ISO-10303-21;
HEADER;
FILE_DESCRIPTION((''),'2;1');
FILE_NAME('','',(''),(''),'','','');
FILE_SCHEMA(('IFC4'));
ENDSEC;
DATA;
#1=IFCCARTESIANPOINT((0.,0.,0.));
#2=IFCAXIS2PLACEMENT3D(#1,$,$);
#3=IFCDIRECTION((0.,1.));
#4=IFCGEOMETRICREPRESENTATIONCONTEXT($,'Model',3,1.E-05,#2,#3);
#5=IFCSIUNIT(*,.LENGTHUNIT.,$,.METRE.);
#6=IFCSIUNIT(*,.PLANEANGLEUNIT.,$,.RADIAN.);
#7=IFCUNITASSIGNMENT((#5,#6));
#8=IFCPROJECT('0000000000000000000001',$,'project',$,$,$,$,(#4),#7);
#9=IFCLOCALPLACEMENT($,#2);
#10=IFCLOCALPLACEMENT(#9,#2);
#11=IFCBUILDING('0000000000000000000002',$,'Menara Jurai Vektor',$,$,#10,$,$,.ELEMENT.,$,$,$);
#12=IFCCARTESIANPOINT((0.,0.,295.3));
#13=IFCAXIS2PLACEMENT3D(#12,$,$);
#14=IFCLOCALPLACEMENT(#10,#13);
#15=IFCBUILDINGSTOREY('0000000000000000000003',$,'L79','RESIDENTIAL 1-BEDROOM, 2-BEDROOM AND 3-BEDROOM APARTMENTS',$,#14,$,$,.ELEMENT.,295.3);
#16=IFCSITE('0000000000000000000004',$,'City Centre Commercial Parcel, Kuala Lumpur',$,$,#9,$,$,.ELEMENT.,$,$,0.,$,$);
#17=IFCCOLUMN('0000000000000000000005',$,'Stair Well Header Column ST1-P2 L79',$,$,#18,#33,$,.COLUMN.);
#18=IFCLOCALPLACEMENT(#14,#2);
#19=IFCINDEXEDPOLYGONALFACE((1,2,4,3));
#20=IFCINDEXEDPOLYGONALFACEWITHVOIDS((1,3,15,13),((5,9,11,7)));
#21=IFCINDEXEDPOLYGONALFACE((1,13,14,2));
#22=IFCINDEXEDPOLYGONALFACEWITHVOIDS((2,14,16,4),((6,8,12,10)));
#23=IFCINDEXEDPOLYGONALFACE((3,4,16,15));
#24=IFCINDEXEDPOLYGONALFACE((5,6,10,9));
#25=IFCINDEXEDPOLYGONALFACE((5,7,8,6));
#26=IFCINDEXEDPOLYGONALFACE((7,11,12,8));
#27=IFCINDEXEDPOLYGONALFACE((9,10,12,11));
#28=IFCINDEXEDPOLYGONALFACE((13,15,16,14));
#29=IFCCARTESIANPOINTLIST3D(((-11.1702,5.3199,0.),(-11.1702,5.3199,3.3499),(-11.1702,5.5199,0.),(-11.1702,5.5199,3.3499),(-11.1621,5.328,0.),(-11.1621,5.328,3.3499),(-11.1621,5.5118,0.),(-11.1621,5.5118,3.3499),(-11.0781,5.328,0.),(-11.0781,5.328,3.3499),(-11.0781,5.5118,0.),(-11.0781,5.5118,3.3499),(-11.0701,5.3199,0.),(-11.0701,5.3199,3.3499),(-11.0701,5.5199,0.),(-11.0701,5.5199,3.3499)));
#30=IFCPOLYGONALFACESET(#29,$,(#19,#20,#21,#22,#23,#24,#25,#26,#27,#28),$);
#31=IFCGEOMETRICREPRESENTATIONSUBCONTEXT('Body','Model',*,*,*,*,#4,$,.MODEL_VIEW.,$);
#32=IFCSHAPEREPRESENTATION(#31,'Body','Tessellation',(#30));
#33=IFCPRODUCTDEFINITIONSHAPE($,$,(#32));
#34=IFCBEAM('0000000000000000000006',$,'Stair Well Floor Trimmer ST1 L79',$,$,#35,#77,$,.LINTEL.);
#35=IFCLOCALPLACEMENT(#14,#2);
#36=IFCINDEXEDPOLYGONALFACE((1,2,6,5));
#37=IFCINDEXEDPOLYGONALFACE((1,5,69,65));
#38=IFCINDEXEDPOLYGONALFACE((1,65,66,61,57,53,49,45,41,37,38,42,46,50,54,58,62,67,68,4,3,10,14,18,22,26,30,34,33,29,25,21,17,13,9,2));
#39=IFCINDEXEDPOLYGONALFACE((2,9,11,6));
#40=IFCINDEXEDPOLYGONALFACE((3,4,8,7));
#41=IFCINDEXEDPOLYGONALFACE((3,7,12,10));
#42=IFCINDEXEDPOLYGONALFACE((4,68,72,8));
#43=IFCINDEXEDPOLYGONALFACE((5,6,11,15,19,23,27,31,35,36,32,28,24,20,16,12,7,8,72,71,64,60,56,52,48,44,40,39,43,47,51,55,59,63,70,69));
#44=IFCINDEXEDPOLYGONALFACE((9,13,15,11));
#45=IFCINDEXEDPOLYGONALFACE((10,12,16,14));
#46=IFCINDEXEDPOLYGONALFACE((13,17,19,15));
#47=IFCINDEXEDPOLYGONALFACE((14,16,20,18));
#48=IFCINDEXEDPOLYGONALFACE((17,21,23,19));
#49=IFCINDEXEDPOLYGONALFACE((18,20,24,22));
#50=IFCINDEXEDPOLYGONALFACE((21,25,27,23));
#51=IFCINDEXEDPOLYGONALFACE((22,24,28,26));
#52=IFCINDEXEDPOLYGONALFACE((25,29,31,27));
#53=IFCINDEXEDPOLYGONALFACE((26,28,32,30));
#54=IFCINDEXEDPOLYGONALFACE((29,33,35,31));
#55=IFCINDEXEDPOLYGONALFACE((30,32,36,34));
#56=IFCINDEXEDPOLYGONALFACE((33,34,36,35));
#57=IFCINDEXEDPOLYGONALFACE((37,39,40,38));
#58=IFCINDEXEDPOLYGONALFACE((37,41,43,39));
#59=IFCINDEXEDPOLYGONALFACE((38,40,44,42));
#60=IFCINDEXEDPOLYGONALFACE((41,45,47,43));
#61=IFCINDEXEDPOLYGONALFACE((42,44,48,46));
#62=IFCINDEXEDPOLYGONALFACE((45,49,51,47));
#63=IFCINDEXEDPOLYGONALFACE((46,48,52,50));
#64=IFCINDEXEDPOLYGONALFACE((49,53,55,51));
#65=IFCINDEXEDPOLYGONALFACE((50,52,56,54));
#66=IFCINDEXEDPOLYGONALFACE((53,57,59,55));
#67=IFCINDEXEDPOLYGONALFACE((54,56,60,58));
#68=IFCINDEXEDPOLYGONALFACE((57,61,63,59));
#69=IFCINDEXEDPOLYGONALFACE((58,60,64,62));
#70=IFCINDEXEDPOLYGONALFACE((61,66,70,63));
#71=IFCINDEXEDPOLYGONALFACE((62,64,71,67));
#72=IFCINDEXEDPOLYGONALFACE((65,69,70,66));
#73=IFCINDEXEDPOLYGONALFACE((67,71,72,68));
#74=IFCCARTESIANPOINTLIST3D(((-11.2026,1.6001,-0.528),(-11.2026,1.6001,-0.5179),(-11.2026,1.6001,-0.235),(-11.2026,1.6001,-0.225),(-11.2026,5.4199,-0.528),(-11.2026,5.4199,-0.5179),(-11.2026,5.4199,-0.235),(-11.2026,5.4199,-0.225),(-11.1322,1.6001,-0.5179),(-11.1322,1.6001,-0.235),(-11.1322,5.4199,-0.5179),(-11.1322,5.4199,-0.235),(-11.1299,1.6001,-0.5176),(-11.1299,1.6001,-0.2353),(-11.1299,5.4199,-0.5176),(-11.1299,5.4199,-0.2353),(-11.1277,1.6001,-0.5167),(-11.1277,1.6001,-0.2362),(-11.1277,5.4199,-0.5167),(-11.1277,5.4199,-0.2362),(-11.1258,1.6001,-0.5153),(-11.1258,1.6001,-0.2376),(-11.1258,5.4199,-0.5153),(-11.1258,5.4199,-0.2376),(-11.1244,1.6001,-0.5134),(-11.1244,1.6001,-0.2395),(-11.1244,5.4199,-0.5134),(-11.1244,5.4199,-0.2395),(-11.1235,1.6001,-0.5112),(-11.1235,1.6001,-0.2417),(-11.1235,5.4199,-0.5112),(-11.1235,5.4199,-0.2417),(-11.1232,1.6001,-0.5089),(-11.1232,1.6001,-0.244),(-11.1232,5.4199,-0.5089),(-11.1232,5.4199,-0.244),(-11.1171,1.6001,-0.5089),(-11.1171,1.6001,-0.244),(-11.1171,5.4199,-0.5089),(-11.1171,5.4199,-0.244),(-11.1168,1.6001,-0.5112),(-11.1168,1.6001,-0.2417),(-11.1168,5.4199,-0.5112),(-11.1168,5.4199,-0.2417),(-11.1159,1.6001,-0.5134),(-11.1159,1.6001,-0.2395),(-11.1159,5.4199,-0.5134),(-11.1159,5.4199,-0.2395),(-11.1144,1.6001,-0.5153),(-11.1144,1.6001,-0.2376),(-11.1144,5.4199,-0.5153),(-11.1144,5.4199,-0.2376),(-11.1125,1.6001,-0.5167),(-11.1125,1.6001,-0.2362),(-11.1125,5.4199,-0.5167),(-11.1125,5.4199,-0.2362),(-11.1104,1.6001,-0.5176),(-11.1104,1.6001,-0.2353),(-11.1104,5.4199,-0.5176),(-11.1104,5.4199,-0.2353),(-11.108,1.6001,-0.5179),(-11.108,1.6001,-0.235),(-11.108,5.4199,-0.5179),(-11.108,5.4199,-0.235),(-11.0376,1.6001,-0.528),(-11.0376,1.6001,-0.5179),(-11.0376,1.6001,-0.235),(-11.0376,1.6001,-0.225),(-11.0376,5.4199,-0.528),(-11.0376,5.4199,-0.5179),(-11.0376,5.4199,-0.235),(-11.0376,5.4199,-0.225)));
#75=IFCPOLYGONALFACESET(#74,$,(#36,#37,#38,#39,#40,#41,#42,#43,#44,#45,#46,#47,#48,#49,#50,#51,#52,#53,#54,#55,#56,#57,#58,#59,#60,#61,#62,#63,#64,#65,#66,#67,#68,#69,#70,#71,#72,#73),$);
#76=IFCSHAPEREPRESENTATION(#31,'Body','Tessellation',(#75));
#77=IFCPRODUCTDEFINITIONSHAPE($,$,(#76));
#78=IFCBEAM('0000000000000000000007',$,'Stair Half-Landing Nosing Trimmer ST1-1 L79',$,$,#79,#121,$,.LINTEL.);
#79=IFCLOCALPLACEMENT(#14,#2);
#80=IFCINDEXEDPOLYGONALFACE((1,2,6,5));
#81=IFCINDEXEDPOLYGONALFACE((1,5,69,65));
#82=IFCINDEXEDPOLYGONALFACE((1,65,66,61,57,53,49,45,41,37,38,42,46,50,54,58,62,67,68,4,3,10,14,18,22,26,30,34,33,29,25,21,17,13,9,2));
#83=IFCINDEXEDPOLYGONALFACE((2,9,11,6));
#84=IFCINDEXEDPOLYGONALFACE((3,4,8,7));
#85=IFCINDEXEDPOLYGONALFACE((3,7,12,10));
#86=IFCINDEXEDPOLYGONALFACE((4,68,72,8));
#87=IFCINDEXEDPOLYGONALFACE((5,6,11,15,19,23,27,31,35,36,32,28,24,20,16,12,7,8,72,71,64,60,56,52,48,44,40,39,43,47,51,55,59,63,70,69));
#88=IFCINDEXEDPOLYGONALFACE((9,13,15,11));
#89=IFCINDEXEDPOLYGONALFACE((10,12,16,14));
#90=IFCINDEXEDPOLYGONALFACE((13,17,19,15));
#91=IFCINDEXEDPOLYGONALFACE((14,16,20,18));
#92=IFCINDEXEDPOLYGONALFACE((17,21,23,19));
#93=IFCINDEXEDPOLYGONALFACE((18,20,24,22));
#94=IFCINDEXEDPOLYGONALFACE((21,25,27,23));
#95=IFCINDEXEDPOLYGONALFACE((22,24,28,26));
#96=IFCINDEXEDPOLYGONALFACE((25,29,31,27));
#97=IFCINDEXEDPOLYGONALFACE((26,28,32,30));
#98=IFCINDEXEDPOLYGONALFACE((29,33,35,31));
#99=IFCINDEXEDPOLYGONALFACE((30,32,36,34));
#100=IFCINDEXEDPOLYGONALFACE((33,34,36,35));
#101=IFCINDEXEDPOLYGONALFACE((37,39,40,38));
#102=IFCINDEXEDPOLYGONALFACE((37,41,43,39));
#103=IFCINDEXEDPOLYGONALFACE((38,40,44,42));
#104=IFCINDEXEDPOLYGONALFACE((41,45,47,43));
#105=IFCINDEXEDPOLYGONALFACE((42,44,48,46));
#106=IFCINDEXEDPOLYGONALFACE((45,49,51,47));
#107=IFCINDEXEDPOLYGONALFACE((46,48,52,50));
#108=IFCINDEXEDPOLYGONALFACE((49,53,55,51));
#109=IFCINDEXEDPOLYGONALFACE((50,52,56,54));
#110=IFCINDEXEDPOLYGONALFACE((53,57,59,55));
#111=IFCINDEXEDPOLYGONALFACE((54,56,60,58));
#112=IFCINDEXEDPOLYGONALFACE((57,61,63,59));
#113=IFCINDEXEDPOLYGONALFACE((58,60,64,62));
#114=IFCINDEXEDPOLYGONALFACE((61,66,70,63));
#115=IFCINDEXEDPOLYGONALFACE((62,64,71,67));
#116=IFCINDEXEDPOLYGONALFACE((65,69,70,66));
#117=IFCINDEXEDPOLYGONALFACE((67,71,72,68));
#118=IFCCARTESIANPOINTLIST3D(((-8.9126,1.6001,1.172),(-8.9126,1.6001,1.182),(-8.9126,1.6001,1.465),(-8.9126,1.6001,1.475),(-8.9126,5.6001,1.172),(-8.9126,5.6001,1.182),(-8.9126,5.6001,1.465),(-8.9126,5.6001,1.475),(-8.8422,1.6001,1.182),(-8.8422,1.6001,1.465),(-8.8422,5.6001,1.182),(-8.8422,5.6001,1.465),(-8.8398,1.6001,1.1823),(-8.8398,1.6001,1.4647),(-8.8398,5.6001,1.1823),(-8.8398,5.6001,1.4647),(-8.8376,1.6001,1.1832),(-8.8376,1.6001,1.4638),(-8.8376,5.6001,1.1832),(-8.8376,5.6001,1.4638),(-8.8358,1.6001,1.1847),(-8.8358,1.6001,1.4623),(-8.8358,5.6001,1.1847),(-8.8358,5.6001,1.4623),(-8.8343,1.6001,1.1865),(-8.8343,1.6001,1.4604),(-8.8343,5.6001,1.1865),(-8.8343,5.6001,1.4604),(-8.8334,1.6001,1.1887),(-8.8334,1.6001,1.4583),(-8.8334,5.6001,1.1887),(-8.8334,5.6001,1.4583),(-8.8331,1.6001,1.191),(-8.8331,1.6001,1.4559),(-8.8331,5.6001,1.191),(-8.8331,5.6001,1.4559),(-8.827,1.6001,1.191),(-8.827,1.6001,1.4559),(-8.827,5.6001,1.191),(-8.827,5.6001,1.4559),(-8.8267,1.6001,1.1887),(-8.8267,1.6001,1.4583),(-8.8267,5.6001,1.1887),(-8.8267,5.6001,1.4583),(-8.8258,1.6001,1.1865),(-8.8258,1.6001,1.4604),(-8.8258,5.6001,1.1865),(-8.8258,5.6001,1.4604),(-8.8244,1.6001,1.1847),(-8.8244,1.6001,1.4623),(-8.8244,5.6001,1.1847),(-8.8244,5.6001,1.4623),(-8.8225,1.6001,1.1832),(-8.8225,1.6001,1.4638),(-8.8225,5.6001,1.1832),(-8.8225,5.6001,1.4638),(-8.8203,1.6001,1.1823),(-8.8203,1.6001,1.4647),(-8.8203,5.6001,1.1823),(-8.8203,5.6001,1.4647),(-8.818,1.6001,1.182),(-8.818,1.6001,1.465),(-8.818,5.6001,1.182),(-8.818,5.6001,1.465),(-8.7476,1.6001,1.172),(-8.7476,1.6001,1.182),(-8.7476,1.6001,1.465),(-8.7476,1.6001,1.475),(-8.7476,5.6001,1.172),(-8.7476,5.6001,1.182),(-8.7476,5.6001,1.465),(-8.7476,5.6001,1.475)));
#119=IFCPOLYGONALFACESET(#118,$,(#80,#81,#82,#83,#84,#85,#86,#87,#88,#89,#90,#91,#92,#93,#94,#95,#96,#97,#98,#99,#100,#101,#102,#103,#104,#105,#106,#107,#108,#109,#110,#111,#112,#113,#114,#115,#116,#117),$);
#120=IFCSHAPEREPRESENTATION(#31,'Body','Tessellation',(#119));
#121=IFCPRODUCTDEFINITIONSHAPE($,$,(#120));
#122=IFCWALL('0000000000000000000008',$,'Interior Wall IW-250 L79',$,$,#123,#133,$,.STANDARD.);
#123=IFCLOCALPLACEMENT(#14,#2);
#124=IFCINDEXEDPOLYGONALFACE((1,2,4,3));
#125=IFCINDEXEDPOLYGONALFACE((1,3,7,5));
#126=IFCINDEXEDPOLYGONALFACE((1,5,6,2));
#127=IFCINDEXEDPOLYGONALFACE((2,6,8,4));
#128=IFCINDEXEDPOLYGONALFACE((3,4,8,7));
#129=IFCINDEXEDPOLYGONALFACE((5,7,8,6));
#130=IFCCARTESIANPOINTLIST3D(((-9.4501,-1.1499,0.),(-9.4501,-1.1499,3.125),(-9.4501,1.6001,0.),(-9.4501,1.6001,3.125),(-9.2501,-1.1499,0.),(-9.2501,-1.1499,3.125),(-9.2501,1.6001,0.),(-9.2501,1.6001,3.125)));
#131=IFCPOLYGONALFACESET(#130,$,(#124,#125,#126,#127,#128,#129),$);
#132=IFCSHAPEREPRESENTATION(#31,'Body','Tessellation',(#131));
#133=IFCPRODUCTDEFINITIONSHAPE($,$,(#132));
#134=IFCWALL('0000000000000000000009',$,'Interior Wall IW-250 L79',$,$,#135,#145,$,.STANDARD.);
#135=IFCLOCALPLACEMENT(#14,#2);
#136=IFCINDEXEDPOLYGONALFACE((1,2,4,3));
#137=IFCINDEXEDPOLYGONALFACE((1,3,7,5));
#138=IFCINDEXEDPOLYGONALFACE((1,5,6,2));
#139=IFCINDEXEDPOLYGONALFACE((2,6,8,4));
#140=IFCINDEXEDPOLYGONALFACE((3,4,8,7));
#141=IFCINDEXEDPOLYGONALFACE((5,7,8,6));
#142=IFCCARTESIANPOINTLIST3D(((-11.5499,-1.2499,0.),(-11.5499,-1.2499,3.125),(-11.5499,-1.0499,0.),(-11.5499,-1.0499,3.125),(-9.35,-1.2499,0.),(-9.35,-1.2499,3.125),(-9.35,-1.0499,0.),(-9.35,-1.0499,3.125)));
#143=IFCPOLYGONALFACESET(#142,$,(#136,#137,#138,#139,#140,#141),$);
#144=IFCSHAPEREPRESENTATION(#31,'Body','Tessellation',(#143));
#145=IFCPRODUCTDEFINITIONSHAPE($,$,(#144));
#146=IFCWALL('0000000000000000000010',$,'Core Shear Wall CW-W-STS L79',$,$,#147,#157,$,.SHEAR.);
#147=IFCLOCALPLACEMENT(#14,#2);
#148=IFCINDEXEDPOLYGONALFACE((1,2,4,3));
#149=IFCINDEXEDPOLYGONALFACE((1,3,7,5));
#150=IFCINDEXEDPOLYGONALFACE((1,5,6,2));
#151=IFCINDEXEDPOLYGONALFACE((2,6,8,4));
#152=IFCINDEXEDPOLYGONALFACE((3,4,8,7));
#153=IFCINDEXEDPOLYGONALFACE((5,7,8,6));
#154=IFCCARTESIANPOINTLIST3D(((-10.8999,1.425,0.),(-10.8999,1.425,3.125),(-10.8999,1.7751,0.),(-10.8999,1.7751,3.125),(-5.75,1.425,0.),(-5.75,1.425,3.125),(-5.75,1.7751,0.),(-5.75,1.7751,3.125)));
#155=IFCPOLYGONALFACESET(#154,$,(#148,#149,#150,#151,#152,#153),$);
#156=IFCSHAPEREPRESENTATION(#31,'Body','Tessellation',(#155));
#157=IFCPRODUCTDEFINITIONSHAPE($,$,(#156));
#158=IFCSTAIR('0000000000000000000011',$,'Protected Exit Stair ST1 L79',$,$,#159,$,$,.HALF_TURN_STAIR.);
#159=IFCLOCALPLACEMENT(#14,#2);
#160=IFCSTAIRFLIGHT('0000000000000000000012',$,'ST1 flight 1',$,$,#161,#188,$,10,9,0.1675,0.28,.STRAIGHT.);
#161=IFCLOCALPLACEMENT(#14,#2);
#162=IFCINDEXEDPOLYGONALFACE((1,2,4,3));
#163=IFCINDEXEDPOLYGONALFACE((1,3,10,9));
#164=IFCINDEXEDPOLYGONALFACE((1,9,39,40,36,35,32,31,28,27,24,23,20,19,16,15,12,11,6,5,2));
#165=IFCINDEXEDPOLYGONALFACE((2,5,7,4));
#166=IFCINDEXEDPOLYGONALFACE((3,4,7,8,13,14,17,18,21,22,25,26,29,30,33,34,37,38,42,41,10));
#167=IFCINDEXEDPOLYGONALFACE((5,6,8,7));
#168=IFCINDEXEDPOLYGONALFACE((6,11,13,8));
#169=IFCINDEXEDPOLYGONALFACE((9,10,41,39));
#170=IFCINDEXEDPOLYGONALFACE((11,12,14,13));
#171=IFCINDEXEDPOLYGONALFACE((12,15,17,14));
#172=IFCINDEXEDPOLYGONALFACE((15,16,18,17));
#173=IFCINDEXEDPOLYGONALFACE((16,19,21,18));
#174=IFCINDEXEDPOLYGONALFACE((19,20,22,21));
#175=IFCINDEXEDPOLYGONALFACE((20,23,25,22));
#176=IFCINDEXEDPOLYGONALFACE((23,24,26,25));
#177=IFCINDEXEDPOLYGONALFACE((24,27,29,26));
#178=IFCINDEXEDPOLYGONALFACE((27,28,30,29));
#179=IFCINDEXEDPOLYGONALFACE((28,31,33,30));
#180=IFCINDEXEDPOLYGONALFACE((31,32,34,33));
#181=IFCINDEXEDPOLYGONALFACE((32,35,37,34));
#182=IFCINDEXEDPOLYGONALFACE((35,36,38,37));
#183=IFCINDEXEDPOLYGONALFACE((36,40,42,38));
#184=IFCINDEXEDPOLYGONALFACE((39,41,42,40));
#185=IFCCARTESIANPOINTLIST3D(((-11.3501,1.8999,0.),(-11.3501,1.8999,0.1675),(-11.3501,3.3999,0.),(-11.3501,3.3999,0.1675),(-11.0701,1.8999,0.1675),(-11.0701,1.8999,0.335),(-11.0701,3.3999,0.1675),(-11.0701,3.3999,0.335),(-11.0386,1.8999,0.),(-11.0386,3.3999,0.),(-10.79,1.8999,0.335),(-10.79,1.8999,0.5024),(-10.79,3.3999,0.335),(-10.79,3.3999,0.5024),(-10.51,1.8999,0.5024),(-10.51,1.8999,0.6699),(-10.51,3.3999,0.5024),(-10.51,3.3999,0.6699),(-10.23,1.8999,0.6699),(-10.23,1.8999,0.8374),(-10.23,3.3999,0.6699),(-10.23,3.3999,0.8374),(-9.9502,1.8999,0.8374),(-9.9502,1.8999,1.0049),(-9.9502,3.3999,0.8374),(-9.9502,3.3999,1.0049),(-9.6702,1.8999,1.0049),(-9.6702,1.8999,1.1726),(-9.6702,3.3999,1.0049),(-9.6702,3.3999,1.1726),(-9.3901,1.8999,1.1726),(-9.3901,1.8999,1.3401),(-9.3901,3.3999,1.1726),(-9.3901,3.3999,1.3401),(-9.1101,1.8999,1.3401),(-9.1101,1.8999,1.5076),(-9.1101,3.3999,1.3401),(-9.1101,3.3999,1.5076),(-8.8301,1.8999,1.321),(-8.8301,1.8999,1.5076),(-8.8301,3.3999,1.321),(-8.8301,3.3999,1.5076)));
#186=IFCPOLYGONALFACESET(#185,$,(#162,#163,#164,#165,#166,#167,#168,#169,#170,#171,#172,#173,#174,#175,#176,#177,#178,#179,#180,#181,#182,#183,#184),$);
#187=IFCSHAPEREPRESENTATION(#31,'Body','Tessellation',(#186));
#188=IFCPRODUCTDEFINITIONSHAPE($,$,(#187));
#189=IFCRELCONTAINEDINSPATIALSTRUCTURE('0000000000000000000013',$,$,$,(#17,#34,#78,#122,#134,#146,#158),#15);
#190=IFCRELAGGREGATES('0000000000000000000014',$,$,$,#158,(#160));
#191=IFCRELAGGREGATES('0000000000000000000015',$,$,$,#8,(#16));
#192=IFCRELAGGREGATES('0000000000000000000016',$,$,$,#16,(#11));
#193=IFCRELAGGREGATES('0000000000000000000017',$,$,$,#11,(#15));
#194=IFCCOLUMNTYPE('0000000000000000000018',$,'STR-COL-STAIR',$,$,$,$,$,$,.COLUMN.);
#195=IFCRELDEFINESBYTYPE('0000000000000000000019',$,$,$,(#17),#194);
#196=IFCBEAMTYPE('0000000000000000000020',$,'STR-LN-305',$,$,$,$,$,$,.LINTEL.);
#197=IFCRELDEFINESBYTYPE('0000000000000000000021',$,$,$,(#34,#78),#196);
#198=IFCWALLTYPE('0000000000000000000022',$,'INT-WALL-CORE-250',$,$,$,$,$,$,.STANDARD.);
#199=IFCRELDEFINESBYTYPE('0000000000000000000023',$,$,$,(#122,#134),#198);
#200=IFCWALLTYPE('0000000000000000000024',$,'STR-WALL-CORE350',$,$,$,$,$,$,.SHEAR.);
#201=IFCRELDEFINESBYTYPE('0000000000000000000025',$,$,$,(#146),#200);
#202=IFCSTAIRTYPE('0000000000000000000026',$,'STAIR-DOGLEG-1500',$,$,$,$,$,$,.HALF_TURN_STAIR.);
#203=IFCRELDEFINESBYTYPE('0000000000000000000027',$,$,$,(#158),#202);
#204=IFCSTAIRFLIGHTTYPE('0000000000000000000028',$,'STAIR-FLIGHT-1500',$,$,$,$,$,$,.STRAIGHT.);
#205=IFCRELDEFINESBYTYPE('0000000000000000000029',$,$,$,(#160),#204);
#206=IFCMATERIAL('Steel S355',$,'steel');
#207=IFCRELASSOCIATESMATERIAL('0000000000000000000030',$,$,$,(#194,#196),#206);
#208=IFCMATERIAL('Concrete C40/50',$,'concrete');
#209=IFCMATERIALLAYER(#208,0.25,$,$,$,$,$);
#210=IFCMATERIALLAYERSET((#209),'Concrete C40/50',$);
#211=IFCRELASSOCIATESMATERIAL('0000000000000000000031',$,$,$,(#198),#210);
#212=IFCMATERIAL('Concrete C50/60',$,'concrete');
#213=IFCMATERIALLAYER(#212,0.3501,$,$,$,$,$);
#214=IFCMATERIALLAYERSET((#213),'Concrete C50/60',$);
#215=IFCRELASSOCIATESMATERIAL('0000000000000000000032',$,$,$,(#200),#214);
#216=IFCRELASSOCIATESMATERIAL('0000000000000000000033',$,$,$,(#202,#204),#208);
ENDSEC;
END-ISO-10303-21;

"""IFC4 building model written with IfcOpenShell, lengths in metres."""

from ifc_helpers import new_model, si_unit, direction, frame, frame_2d, origin, origin_2d, place, context, subcontext, project, spatial, polyline, rectangle, hollow_rectangle, i_section, outline, extrude, material, layer, layer_set, material_profile, profile_set, type_object, element, aggregate, save


model = new_model("IFC4")

# Units and contexts
model_context = context("Model", 3, precision=1e-05, world=origin(), true_north=direction((0.0, 1.0)))
body_context = subcontext(model_context, "Body", "Model", "MODEL_VIEW")
ifc_project = project(units=[si_unit("LENGTHUNIT", "METRE"), si_unit("PLANEANGLEUNIT", "RADIAN")], contexts=[model_context])

# Site, building, storey
site_placement = place(None, origin())
site = spatial("IfcSite", under=ifc_project, at=site_placement, Name="City Centre Commercial Parcel, Kuala Lumpur", CompositionType="ELEMENT", RefElevation=0.0)
building_placement = place(site_placement, origin())
building = spatial("IfcBuilding", under=site, at=building_placement, Name="Menara Jurai Vektor", CompositionType="ELEMENT")
storey_placement = place(building_placement, frame((0.0, 0.0, 295.3)))
storey = spatial("IfcBuildingStorey", under=building, at=storey_placement, Name="L79", Description="RESIDENTIAL 1-BEDROOM, 2-BEDROOM AND 3-BEDROOM APARTMENTS", CompositionType="ELEMENT", Elevation=295.3)

# Column
ifc_material_1 = material(Name="Steel S355", Category="steel")
ifc_material_profile_1 = material_profile(ifc_material_1, hollow_rectangle(XDim=0.1001, YDim=0.2, WallThickness=0.0081, at=origin_2d()), Name="RHS 200x100x8")
ifc_profile_set_1 = profile_set([ifc_material_profile_1], Name="Steel S355")
column_type = type_object("IfcColumnType", Name="STR-COL-STAIR", PredefinedType="COLUMN", material=ifc_profile_set_1)
column_placement = place(storey_placement, frame((-11.1201, 5.4199, 0.0), z_axis=(0.0, 0.0, 1.0), x_axis=(1.0, 0.0, 0.0)))
element("IfcColumn", 1, at=column_placement, inside=storey, type_object=column_type, Name="Stair Well Header Column ST1-P2 L79", PredefinedType="COLUMN", context=body_context, shape_type="SweptSolid", body=[
    extrude(hollow_rectangle(XDim=0.1001, YDim=0.2, WallThickness=0.0081, at=origin_2d()), origin(), (0.0, 0.0, 1.0), 3.3499),
])

# Beams
ifc_material_profile_2 = material_profile(ifc_material_1, i_section(OverallWidth=0.165, OverallDepth=0.303, WebThickness=0.0061, FlangeThickness=0.01, FilletRadius=0.009, at=origin_2d()), Name="UKB 305x165x40")
ifc_profile_set_2 = profile_set([ifc_material_profile_2], Name="Steel S355")
beam_type = type_object("IfcBeamType", Name="STR-LN-305", PredefinedType="LINTEL", material=ifc_profile_set_2)
beam_1_placement = place(storey_placement, frame((-11.1201, 1.6001, -0.3765), z_axis=(0.0, 1.0, 0.0), x_axis=(-1.0, 0.0, 0.0)))
element("IfcBeam", 2, at=beam_1_placement, inside=storey, type_object=beam_type, Name="Stair Well Floor Trimmer ST1 L79", PredefinedType="LINTEL", context=body_context, shape_type="SweptSolid", body=[
    extrude(i_section(OverallWidth=0.165, OverallDepth=0.303, WebThickness=0.0061, FlangeThickness=0.01, FilletRadius=0.009, at=origin_2d()), origin(), (0.0, 0.0, 1.0), 3.8198),
])
beam_2_placement = place(storey_placement, frame((-8.8301, 1.6001, 1.3235), z_axis=(0.0, 1.0, 0.0), x_axis=(-1.0, 0.0, 0.0)))
element("IfcBeam", 3, at=beam_2_placement, inside=storey, type_object=beam_type, Name="Stair Half-Landing Nosing Trimmer ST1-1 L79", PredefinedType="LINTEL", context=body_context, shape_type="SweptSolid", body=[
    extrude(i_section(OverallWidth=0.165, OverallDepth=0.303, WebThickness=0.0061, FlangeThickness=0.01, FilletRadius=0.009, at=origin_2d()), origin(), (0.0, 0.0, 1.0), 4.0),
])

# Shared definitions
ifc_material_2 = material(Name="Concrete C40/50", Category="concrete")
ifc_layer_1 = layer(ifc_material_2, 0.25)
ifc_layer_set_1 = layer_set([ifc_layer_1], Name="Concrete C40/50")
wall_type_1 = type_object("IfcWallType", Name="INT-WALL-CORE-250", PredefinedType="STANDARD", material=ifc_layer_set_1)

# Walls
wall_1_placement = place(storey_placement, frame((-9.3501, -1.1499, 0.0), z_axis=(0.0, 0.0, 1.0), x_axis=(0.0, 1.0, 0.0)))
element("IfcWall", 4, at=wall_1_placement, inside=storey, type_object=wall_type_1, Name="Interior Wall IW-250 L79", PredefinedType="STANDARD", context=body_context, shape_type="SweptSolid", body=[
    extrude(rectangle(XDim=2.75, YDim=0.2, at=frame_2d((1.375, 0.0))), origin(), (0.0, 0.0, 1.0), 3.125),
])
wall_2_placement = place(storey_placement, frame((-11.55, -1.1499, 0.0), z_axis=(0.0, 0.0, 1.0), x_axis=(1.0, 0.0, 0.0)))
element("IfcWall", 5, at=wall_2_placement, inside=storey, type_object=wall_type_1, Name="Interior Wall IW-250 L79", PredefinedType="STANDARD", context=body_context, shape_type="SweptSolid", body=[
    extrude(rectangle(XDim=2.2, YDim=0.2, at=frame_2d((1.1001, 0.0))), origin(), (0.0, 0.0, 1.0), 3.125),
])

# Wall
ifc_material_3 = material(Name="Concrete C50/60", Category="concrete")
ifc_layer_2 = layer(ifc_material_3, 0.3501)
ifc_layer_set_2 = layer_set([ifc_layer_2], Name="Concrete C50/60")
wall_type_2 = type_object("IfcWallType", Name="STR-WALL-CORE350", PredefinedType="SHEAR", material=ifc_layer_set_2)
wall_3_placement = place(storey_placement, frame((-10.8999, 1.6001, 0.0), z_axis=(0.0, 0.0, 1.0), x_axis=(1.0, 0.0, 0.0)))
element("IfcWall", 6, at=wall_3_placement, inside=storey, type_object=wall_type_2, Name="Core Shear Wall CW-W-STS L79", PredefinedType="SHEAR", context=body_context, shape_type="SweptSolid", body=[
    extrude(rectangle(XDim=5.1499, YDim=0.3501, at=frame_2d((2.575, 0.0))), origin(), (0.0, 0.0, 1.0), 3.125),
])

# Stair, stair flight
stair_type = type_object("IfcStairType", Name="STAIR-DOGLEG-1500", PredefinedType="HALF_TURN_STAIR", material=ifc_material_2)
stair_placement = place(storey_placement, origin())
stair = element("IfcStair", 7, at=stair_placement, inside=storey, type_object=stair_type, Name="Protected Exit Stair ST1 L79", PredefinedType="HALF_TURN_STAIR")
stair_flight_type = type_object("IfcStairFlightType", Name="STAIR-FLIGHT-1500", PredefinedType="STRAIGHT", material=ifc_material_2)
stair_flight_1_placement = place(storey_placement, frame((-11.3501, 2.6499, 0.0), z_axis=(0.0, 0.0, 1.0), x_axis=(1.0, 0.0, 0.0)))
stair_flight_1 = element("IfcStairFlight", 8, at=stair_flight_1_placement, type_object=stair_flight_type, Name="ST1 flight 1", NumberOfRisers=10, NumberOfTreads=9, PredefinedType="STRAIGHT", RiserHeight=0.1675, TreadLength=0.28, context=body_context, shape_type="SweptSolid", body=[
    extrude(outline(polyline([(0.0, 0.0), (0.0, 0.1675), (0.28, 0.1675), (0.28, 0.335), (0.5601, 0.335), (0.5601, 0.5024), (0.8401, 0.5024), (0.8401, 0.6699), (1.1201, 0.6699), (1.1201, 0.8374), (1.3999, 0.8374), (1.3999, 1.0049), (1.6799, 1.0049), (1.6799, 1.1726), (1.96, 1.1726), (1.96, 1.3401), (2.24, 1.3401), (2.24, 1.5076), (2.52, 1.5076), (2.52, 1.675), (2.52, 1.321), (0.3115, 0.0), (0.0, 0.0)])), frame((0.0, 0.75, 0.0), z_axis=(0.0, -1.0, 0.0), x_axis=(1.0, 0.0, 0.0)), (0.0, 0.0, 1.0), 1.5),
])
aggregate(stair, [stair_flight_1])

save(model, "model.ifc")
